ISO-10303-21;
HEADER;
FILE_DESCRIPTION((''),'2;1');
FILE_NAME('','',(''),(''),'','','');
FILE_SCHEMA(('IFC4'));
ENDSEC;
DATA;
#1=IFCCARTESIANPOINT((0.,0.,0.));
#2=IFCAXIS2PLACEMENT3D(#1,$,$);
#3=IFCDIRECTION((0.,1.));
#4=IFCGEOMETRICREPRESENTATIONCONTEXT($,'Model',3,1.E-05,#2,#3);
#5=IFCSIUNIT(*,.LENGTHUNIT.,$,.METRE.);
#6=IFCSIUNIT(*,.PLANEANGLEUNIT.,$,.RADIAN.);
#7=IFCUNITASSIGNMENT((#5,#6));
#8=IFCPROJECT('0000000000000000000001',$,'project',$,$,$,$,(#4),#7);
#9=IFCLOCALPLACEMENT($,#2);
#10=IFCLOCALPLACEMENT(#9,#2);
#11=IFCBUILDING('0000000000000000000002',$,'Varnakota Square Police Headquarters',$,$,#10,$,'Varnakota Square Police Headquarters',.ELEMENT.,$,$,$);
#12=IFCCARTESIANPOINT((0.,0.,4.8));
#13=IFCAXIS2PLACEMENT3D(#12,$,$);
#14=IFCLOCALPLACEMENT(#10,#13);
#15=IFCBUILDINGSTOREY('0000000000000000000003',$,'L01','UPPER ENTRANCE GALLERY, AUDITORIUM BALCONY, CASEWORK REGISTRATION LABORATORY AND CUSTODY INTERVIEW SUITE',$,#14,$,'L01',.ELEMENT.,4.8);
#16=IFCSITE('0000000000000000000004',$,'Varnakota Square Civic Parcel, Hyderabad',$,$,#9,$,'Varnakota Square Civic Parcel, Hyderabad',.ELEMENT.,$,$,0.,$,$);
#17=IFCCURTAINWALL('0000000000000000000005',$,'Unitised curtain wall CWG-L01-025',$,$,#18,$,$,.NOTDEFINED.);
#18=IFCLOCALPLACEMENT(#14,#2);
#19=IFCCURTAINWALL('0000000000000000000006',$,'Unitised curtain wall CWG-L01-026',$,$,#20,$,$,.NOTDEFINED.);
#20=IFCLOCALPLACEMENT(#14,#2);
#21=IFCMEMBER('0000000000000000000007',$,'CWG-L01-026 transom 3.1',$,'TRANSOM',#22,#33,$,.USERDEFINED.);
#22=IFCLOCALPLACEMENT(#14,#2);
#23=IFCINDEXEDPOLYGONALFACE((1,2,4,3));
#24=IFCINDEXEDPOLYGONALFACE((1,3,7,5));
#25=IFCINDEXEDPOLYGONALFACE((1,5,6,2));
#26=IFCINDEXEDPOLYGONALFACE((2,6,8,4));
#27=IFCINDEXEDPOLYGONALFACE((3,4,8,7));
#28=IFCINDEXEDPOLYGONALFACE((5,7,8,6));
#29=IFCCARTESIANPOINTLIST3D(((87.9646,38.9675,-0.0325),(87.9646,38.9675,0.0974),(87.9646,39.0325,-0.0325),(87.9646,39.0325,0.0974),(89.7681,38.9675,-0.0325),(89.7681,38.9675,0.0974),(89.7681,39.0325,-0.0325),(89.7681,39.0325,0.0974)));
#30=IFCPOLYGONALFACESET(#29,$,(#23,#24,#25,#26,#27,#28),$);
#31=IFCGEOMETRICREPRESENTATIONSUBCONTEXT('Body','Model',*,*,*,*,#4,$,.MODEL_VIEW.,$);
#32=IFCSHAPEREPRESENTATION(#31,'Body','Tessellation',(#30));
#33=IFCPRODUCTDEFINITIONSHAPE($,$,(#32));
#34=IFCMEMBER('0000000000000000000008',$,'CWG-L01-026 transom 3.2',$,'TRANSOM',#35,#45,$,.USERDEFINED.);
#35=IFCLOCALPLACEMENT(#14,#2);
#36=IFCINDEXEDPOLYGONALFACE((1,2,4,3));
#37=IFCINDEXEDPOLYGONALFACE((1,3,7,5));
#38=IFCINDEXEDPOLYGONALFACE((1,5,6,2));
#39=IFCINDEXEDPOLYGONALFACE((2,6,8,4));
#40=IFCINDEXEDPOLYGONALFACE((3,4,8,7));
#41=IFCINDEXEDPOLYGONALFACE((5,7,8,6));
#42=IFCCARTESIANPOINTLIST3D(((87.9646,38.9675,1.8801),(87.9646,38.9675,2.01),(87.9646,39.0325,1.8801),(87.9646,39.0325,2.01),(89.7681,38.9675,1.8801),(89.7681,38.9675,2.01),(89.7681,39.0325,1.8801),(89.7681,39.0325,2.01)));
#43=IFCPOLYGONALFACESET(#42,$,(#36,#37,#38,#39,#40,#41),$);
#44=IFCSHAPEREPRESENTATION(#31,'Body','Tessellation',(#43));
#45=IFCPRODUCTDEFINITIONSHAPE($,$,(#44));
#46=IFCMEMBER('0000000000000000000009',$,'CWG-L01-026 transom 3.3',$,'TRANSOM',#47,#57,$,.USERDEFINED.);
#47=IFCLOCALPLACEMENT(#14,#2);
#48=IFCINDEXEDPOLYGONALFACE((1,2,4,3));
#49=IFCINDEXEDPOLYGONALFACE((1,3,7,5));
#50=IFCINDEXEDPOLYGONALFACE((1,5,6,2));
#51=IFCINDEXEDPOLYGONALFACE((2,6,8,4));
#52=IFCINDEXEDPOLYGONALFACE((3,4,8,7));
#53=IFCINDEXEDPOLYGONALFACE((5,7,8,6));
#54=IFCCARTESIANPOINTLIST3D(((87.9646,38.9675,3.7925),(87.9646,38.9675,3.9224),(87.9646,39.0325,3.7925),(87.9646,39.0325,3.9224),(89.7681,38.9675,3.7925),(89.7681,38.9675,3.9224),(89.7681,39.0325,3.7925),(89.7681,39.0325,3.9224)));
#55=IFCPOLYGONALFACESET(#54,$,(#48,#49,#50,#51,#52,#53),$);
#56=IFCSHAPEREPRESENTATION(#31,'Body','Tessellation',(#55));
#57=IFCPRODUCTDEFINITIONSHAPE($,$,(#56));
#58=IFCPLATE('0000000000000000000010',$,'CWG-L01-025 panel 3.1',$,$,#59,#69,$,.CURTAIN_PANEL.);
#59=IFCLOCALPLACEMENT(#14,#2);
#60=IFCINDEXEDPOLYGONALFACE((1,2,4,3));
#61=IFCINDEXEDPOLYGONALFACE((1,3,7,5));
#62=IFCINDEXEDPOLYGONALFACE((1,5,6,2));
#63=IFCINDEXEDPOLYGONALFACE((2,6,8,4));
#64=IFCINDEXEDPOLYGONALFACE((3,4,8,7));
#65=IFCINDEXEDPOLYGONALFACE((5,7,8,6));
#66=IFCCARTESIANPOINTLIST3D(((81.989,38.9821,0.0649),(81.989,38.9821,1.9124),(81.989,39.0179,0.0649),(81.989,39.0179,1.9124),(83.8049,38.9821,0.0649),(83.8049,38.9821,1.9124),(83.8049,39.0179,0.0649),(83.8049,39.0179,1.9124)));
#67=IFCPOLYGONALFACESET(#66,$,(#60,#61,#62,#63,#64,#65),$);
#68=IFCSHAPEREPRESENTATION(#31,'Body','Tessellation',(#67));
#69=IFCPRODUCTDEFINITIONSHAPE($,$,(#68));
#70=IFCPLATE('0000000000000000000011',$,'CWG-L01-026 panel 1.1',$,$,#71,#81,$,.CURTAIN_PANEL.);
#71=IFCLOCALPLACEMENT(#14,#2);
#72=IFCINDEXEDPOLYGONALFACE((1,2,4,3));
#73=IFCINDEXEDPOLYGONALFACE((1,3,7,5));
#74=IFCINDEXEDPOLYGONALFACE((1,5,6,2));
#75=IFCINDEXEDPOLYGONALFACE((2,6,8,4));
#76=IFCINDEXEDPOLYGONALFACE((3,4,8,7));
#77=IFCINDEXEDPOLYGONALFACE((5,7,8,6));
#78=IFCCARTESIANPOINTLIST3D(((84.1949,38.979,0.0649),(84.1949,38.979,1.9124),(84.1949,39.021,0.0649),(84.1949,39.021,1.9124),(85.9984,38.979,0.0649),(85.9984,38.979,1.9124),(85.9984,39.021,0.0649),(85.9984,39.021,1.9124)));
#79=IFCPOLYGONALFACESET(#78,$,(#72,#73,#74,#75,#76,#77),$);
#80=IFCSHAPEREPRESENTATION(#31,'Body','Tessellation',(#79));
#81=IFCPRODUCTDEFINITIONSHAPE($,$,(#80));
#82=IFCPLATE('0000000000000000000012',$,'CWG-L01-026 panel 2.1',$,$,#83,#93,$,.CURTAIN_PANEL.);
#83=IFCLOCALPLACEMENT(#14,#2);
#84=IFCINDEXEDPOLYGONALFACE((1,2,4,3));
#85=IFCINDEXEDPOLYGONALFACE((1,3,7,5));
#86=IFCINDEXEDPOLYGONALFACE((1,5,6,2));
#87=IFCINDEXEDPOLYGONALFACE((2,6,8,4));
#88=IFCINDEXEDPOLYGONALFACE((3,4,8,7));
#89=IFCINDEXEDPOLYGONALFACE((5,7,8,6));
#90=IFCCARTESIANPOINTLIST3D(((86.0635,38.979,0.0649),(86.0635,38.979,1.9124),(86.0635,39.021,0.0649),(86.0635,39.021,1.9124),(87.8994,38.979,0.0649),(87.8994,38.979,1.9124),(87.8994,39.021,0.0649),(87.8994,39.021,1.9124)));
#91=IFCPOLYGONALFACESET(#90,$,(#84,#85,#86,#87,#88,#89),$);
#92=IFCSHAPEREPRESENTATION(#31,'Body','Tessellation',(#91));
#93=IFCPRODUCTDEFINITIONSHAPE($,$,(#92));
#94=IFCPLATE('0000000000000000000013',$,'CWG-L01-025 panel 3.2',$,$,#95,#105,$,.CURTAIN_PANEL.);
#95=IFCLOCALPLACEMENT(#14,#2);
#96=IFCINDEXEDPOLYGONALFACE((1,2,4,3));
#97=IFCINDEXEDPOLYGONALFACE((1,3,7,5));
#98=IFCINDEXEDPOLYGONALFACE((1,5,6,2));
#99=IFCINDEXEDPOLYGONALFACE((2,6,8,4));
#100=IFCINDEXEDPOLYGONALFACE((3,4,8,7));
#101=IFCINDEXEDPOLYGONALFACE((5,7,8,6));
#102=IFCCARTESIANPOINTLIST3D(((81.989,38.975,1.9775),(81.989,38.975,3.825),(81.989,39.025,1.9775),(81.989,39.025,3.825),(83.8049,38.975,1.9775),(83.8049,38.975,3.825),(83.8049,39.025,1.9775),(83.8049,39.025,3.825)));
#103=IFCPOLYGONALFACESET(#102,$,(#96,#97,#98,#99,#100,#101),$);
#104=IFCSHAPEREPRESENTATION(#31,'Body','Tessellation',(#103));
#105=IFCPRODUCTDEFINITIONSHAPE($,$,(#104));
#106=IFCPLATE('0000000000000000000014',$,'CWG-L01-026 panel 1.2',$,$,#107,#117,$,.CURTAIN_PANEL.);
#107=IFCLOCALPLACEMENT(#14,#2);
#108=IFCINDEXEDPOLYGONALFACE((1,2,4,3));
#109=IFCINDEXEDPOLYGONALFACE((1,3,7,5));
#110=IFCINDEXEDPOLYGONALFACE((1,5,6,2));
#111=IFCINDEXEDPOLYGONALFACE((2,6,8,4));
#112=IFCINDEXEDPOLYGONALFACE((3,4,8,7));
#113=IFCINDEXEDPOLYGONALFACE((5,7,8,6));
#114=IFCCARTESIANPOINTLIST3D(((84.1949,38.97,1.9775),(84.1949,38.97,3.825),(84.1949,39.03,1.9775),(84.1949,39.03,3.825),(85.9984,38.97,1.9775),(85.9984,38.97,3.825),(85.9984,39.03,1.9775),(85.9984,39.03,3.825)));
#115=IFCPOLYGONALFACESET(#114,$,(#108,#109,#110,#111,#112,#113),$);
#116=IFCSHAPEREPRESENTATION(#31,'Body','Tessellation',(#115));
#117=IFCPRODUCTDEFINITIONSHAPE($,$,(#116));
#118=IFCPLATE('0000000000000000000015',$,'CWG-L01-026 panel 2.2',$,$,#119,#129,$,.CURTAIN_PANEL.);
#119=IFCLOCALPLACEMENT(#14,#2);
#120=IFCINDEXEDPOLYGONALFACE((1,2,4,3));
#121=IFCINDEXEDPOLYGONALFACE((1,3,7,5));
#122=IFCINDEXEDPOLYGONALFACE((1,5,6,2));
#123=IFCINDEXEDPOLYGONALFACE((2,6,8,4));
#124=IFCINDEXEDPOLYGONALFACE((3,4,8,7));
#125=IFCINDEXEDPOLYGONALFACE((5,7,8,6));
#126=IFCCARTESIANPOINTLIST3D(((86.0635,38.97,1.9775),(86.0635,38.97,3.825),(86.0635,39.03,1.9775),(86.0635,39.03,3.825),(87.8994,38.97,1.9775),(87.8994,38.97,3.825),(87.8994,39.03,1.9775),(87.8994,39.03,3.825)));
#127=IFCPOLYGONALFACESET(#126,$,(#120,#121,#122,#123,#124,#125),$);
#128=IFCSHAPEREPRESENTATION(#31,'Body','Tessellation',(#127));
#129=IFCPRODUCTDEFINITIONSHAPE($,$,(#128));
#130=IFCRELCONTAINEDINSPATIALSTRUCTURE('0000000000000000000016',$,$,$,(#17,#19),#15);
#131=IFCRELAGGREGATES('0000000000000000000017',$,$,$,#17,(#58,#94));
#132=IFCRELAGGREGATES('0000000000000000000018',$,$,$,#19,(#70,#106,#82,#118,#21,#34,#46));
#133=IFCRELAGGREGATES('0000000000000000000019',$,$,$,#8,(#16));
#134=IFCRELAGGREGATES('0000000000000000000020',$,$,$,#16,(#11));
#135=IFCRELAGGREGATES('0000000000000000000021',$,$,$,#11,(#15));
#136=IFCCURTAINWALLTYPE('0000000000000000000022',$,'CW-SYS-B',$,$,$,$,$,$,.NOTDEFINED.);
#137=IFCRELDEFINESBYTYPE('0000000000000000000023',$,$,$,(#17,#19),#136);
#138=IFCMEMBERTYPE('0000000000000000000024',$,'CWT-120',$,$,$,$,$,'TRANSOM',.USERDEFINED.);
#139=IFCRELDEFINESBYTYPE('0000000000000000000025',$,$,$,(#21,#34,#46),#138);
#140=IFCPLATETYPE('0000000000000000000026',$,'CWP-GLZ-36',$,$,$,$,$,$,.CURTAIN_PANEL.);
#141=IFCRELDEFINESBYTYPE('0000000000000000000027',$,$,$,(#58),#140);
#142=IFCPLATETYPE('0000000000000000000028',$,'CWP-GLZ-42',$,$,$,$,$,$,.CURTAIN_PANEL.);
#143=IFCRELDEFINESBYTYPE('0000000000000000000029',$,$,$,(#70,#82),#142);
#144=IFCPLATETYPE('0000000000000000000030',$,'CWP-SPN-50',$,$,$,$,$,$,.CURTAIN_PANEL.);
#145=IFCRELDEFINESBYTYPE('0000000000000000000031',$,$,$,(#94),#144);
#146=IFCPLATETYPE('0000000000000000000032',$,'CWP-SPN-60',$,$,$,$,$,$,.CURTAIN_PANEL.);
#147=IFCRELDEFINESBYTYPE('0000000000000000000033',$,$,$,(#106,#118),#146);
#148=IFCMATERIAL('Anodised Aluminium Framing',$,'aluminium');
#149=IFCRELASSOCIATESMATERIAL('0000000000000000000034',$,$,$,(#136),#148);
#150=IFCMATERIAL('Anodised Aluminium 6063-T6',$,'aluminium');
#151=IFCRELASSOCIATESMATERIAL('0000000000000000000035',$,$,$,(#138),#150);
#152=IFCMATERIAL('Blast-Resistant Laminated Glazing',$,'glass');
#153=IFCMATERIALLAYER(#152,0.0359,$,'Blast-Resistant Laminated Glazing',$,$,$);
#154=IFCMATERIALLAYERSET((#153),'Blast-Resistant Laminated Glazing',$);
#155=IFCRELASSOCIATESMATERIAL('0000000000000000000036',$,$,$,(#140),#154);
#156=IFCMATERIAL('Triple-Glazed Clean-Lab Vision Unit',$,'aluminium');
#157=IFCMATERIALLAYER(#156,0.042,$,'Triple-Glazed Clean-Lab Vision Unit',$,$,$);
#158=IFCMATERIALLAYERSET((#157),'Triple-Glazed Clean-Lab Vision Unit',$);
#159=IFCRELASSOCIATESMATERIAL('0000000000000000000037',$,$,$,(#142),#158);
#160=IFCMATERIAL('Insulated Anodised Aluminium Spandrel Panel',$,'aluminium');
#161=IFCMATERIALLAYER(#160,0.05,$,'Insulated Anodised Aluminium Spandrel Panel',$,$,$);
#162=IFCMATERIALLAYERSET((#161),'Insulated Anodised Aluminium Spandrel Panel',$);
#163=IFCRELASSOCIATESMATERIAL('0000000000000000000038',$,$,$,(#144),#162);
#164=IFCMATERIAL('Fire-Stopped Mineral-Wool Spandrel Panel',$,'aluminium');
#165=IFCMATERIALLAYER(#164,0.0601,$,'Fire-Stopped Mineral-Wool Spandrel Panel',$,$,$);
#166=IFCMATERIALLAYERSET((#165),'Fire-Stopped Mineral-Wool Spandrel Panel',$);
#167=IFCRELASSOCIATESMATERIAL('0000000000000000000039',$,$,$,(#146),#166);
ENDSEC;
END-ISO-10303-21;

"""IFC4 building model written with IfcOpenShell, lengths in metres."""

from ifc_helpers import new_model, si_unit, direction, frame, origin, origin_2d, place, context, subcontext, project, spatial, rectangle, extrude, material, layer, layer_set, material_profile, profile_set, type_object, element, aggregate, save


model = new_model("IFC4")

# Units and contexts
model_context = context("Model", 3, precision=1e-05, world=origin(), true_north=direction((0.0, 1.0)))
body_context = subcontext(model_context, "Body", "Model", "MODEL_VIEW")
ifc_project = project(units=[si_unit("LENGTHUNIT", "METRE"), si_unit("PLANEANGLEUNIT", "RADIAN")], contexts=[model_context])

# Site, building, storey
site_placement = place(None, origin())
site = spatial("IfcSite", under=ifc_project, at=site_placement, Name="Varnakota Square Civic Parcel, Hyderabad", LongName="Varnakota Square Civic Parcel, Hyderabad", CompositionType="ELEMENT", RefElevation=0.0)
building_placement = place(site_placement, origin())
building = spatial("IfcBuilding", under=site, at=building_placement, Name="Varnakota Square Police Headquarters", LongName="Varnakota Square Police Headquarters", CompositionType="ELEMENT")
storey_placement = place(building_placement, frame((0.0, 0.0, 4.8)))
storey = spatial("IfcBuildingStorey", under=building, at=storey_placement, Name="L01", Description="UPPER ENTRANCE GALLERY, AUDITORIUM BALCONY, CASEWORK REGISTRATION LABORATORY AND CUSTODY INTERVIEW SUITE", LongName="L01", CompositionType="ELEMENT", Elevation=4.8)

# Curtain wall
ifc_material_1 = material(Name="Anodised Aluminium Framing", Category="aluminium")
curtain_wall_type = type_object("IfcCurtainWallType", Name="CW-SYS-B", PredefinedType="NOTDEFINED", material=ifc_material_1)
curtain_wall_1_placement = place(storey_placement, origin())
curtain_wall_1 = element("IfcCurtainWall", 1, at=curtain_wall_1_placement, inside=storey, type_object=curtain_wall_type, Name="Unitised curtain wall CWG-L01-025", PredefinedType="NOTDEFINED")
ifc_material_2 = material(Name="Anodised Aluminium 6063-T6", Category="aluminium")

# Curtain wall
curtain_wall_2_placement = place(storey_placement, origin())
curtain_wall_2 = element("IfcCurtainWall", 2, at=curtain_wall_2_placement, inside=storey, type_object=curtain_wall_type, Name="Unitised curtain wall CWG-L01-026", PredefinedType="NOTDEFINED")

# Members
ifc_material_profile_1 = material_profile(ifc_material_2, rectangle(XDim=0.0649, YDim=0.1299, at=origin_2d()), Name="ALU TRANSOM 65x130")
ifc_profile_set_1 = profile_set([ifc_material_profile_1], Name="Anodised Aluminium 6063-T6")
member_type_1 = type_object("IfcMemberType", Name="CWT-120", ElementType="TRANSOM", PredefinedType="USERDEFINED", material=ifc_profile_set_1)
member_1_placement = place(storey_placement, frame((87.9646, 39.0, 0.0325), z_axis=(1.0, 0.0, 0.0), x_axis=(0.0, 1.0, 0.0)))
member_1 = element("IfcMember", 3, at=member_1_placement, type_object=member_type_1, Name="CWG-L01-026 transom 3.1", ObjectType="TRANSOM", PredefinedType="USERDEFINED", context=body_context, shape_type="SweptSolid", body=[
    extrude(rectangle(XDim=0.0649, YDim=0.1299, at=origin_2d()), origin(), (0.0, 0.0, 1.0), 1.8035),
])
member_2_placement = place(storey_placement, frame((87.9646, 39.0, 1.9451), z_axis=(1.0, 0.0, 0.0), x_axis=(0.0, 1.0, 0.0)))
member_2 = element("IfcMember", 4, at=member_2_placement, type_object=member_type_1, Name="CWG-L01-026 transom 3.2", ObjectType="TRANSOM", PredefinedType="USERDEFINED", context=body_context, shape_type="SweptSolid", body=[
    extrude(rectangle(XDim=0.0649, YDim=0.1299, at=origin_2d()), origin(), (0.0, 0.0, 1.0), 1.8035),
])
member_3_placement = place(storey_placement, frame((87.9646, 39.0, 3.8574), z_axis=(1.0, 0.0, 0.0), x_axis=(0.0, 1.0, 0.0)))
member_3 = element("IfcMember", 5, at=member_3_placement, type_object=member_type_1, Name="CWG-L01-026 transom 3.3", ObjectType="TRANSOM", PredefinedType="USERDEFINED", context=body_context, shape_type="SweptSolid", body=[
    extrude(rectangle(XDim=0.0649, YDim=0.1299, at=origin_2d()), origin(), (0.0, 0.0, 1.0), 1.8035),
])

# Plates
ifc_material_3 = material(Name="Blast-Resistant Laminated Glazing", Category="glass")
ifc_layer_1 = layer(ifc_material_3, 0.0359, Name="Blast-Resistant Laminated Glazing")
ifc_layer_set_1 = layer_set([ifc_layer_1], Name="Blast-Resistant Laminated Glazing")
plate_type_1 = type_object("IfcPlateType", Name="CWP-GLZ-36", PredefinedType="CURTAIN_PANEL", material=ifc_layer_set_1)
plate_1_placement = place(storey_placement, frame((82.897, 39.0, 0.0649), z_axis=(0.0, 0.0, 1.0), x_axis=(1.0, 0.0, 0.0)))
plate_1 = element("IfcPlate", 6, at=plate_1_placement, type_object=plate_type_1, Name="CWG-L01-025 panel 3.1", PredefinedType="CURTAIN_PANEL", context=body_context, shape_type="SweptSolid", body=[
    extrude(rectangle(XDim=1.8159, YDim=0.0359, at=origin_2d()), origin(), (0.0, 0.0, 1.0), 1.8474),
])
ifc_material_4 = material(Name="Triple-Glazed Clean-Lab Vision Unit", Category="aluminium")
ifc_layer_2 = layer(ifc_material_4, 0.042, Name="Triple-Glazed Clean-Lab Vision Unit")
ifc_layer_set_2 = layer_set([ifc_layer_2], Name="Triple-Glazed Clean-Lab Vision Unit")
plate_type_2 = type_object("IfcPlateType", Name="CWP-GLZ-42", PredefinedType="CURTAIN_PANEL", material=ifc_layer_set_2)
plate_2_placement = place(storey_placement, frame((85.0967, 39.0, 0.0649), z_axis=(0.0, 0.0, 1.0), x_axis=(1.0, 0.0, 0.0)))
plate_2 = element("IfcPlate", 7, at=plate_2_placement, type_object=plate_type_2, Name="CWG-L01-026 panel 1.1", PredefinedType="CURTAIN_PANEL", context=body_context, shape_type="SweptSolid", body=[
    extrude(rectangle(XDim=1.8035, YDim=0.042, at=origin_2d()), origin(), (0.0, 0.0, 1.0), 1.8474),
])
plate_3_placement = place(storey_placement, frame((86.9814, 39.0, 0.0649), z_axis=(0.0, 0.0, 1.0), x_axis=(1.0, 0.0, 0.0)))
plate_3 = element("IfcPlate", 8, at=plate_3_placement, type_object=plate_type_2, Name="CWG-L01-026 panel 2.1", PredefinedType="CURTAIN_PANEL", context=body_context, shape_type="SweptSolid", body=[
    extrude(rectangle(XDim=1.8359, YDim=0.042, at=origin_2d()), origin(), (0.0, 0.0, 1.0), 1.8474),
])
ifc_material_5 = material(Name="Insulated Anodised Aluminium Spandrel Panel", Category="aluminium")
ifc_layer_3 = layer(ifc_material_5, 0.05, Name="Insulated Anodised Aluminium Spandrel Panel")
ifc_layer_set_3 = layer_set([ifc_layer_3], Name="Insulated Anodised Aluminium Spandrel Panel")
plate_type_3 = type_object("IfcPlateType", Name="CWP-SPN-50", PredefinedType="CURTAIN_PANEL", material=ifc_layer_set_3)
plate_4_placement = place(storey_placement, frame((82.897, 39.0, 1.9775), z_axis=(0.0, 0.0, 1.0), x_axis=(1.0, 0.0, 0.0)))
plate_4 = element("IfcPlate", 9, at=plate_4_placement, type_object=plate_type_3, Name="CWG-L01-025 panel 3.2", PredefinedType="CURTAIN_PANEL", context=body_context, shape_type="SweptSolid", body=[
    extrude(rectangle(XDim=1.8159, YDim=0.05, at=origin_2d()), origin(), (0.0, 0.0, 1.0), 1.8474),
])
aggregate(curtain_wall_1, [plate_1, plate_4])
ifc_material_6 = material(Name="Fire-Stopped Mineral-Wool Spandrel Panel", Category="aluminium")
ifc_layer_4 = layer(ifc_material_6, 0.0601, Name="Fire-Stopped Mineral-Wool Spandrel Panel")
ifc_layer_set_4 = layer_set([ifc_layer_4], Name="Fire-Stopped Mineral-Wool Spandrel Panel")
plate_type_4 = type_object("IfcPlateType", Name="CWP-SPN-60", PredefinedType="CURTAIN_PANEL", material=ifc_layer_set_4)
plate_5_placement = place(storey_placement, frame((85.0967, 39.0, 1.9775), z_axis=(0.0, 0.0, 1.0), x_axis=(1.0, 0.0, 0.0)))
plate_5 = element("IfcPlate", 10, at=plate_5_placement, type_object=plate_type_4, Name="CWG-L01-026 panel 1.2", PredefinedType="CURTAIN_PANEL", context=body_context, shape_type="SweptSolid", body=[
    extrude(rectangle(XDim=1.8035, YDim=0.0601, at=origin_2d()), origin(), (0.0, 0.0, 1.0), 1.8474),
])
plate_6_placement = place(storey_placement, frame((86.9814, 39.0, 1.9775), z_axis=(0.0, 0.0, 1.0), x_axis=(1.0, 0.0, 0.0)))
plate_6 = element("IfcPlate", 11, at=plate_6_placement, type_object=plate_type_4, Name="CWG-L01-026 panel 2.2", PredefinedType="CURTAIN_PANEL", context=body_context, shape_type="SweptSolid", body=[
    extrude(rectangle(XDim=1.8359, YDim=0.0601, at=origin_2d()), origin(), (0.0, 0.0, 1.0), 1.8474),
])
aggregate(curtain_wall_2, [plate_2, plate_5, plate_3, plate_6, member_1, member_2, member_3])

save(model, "model.ifc")
